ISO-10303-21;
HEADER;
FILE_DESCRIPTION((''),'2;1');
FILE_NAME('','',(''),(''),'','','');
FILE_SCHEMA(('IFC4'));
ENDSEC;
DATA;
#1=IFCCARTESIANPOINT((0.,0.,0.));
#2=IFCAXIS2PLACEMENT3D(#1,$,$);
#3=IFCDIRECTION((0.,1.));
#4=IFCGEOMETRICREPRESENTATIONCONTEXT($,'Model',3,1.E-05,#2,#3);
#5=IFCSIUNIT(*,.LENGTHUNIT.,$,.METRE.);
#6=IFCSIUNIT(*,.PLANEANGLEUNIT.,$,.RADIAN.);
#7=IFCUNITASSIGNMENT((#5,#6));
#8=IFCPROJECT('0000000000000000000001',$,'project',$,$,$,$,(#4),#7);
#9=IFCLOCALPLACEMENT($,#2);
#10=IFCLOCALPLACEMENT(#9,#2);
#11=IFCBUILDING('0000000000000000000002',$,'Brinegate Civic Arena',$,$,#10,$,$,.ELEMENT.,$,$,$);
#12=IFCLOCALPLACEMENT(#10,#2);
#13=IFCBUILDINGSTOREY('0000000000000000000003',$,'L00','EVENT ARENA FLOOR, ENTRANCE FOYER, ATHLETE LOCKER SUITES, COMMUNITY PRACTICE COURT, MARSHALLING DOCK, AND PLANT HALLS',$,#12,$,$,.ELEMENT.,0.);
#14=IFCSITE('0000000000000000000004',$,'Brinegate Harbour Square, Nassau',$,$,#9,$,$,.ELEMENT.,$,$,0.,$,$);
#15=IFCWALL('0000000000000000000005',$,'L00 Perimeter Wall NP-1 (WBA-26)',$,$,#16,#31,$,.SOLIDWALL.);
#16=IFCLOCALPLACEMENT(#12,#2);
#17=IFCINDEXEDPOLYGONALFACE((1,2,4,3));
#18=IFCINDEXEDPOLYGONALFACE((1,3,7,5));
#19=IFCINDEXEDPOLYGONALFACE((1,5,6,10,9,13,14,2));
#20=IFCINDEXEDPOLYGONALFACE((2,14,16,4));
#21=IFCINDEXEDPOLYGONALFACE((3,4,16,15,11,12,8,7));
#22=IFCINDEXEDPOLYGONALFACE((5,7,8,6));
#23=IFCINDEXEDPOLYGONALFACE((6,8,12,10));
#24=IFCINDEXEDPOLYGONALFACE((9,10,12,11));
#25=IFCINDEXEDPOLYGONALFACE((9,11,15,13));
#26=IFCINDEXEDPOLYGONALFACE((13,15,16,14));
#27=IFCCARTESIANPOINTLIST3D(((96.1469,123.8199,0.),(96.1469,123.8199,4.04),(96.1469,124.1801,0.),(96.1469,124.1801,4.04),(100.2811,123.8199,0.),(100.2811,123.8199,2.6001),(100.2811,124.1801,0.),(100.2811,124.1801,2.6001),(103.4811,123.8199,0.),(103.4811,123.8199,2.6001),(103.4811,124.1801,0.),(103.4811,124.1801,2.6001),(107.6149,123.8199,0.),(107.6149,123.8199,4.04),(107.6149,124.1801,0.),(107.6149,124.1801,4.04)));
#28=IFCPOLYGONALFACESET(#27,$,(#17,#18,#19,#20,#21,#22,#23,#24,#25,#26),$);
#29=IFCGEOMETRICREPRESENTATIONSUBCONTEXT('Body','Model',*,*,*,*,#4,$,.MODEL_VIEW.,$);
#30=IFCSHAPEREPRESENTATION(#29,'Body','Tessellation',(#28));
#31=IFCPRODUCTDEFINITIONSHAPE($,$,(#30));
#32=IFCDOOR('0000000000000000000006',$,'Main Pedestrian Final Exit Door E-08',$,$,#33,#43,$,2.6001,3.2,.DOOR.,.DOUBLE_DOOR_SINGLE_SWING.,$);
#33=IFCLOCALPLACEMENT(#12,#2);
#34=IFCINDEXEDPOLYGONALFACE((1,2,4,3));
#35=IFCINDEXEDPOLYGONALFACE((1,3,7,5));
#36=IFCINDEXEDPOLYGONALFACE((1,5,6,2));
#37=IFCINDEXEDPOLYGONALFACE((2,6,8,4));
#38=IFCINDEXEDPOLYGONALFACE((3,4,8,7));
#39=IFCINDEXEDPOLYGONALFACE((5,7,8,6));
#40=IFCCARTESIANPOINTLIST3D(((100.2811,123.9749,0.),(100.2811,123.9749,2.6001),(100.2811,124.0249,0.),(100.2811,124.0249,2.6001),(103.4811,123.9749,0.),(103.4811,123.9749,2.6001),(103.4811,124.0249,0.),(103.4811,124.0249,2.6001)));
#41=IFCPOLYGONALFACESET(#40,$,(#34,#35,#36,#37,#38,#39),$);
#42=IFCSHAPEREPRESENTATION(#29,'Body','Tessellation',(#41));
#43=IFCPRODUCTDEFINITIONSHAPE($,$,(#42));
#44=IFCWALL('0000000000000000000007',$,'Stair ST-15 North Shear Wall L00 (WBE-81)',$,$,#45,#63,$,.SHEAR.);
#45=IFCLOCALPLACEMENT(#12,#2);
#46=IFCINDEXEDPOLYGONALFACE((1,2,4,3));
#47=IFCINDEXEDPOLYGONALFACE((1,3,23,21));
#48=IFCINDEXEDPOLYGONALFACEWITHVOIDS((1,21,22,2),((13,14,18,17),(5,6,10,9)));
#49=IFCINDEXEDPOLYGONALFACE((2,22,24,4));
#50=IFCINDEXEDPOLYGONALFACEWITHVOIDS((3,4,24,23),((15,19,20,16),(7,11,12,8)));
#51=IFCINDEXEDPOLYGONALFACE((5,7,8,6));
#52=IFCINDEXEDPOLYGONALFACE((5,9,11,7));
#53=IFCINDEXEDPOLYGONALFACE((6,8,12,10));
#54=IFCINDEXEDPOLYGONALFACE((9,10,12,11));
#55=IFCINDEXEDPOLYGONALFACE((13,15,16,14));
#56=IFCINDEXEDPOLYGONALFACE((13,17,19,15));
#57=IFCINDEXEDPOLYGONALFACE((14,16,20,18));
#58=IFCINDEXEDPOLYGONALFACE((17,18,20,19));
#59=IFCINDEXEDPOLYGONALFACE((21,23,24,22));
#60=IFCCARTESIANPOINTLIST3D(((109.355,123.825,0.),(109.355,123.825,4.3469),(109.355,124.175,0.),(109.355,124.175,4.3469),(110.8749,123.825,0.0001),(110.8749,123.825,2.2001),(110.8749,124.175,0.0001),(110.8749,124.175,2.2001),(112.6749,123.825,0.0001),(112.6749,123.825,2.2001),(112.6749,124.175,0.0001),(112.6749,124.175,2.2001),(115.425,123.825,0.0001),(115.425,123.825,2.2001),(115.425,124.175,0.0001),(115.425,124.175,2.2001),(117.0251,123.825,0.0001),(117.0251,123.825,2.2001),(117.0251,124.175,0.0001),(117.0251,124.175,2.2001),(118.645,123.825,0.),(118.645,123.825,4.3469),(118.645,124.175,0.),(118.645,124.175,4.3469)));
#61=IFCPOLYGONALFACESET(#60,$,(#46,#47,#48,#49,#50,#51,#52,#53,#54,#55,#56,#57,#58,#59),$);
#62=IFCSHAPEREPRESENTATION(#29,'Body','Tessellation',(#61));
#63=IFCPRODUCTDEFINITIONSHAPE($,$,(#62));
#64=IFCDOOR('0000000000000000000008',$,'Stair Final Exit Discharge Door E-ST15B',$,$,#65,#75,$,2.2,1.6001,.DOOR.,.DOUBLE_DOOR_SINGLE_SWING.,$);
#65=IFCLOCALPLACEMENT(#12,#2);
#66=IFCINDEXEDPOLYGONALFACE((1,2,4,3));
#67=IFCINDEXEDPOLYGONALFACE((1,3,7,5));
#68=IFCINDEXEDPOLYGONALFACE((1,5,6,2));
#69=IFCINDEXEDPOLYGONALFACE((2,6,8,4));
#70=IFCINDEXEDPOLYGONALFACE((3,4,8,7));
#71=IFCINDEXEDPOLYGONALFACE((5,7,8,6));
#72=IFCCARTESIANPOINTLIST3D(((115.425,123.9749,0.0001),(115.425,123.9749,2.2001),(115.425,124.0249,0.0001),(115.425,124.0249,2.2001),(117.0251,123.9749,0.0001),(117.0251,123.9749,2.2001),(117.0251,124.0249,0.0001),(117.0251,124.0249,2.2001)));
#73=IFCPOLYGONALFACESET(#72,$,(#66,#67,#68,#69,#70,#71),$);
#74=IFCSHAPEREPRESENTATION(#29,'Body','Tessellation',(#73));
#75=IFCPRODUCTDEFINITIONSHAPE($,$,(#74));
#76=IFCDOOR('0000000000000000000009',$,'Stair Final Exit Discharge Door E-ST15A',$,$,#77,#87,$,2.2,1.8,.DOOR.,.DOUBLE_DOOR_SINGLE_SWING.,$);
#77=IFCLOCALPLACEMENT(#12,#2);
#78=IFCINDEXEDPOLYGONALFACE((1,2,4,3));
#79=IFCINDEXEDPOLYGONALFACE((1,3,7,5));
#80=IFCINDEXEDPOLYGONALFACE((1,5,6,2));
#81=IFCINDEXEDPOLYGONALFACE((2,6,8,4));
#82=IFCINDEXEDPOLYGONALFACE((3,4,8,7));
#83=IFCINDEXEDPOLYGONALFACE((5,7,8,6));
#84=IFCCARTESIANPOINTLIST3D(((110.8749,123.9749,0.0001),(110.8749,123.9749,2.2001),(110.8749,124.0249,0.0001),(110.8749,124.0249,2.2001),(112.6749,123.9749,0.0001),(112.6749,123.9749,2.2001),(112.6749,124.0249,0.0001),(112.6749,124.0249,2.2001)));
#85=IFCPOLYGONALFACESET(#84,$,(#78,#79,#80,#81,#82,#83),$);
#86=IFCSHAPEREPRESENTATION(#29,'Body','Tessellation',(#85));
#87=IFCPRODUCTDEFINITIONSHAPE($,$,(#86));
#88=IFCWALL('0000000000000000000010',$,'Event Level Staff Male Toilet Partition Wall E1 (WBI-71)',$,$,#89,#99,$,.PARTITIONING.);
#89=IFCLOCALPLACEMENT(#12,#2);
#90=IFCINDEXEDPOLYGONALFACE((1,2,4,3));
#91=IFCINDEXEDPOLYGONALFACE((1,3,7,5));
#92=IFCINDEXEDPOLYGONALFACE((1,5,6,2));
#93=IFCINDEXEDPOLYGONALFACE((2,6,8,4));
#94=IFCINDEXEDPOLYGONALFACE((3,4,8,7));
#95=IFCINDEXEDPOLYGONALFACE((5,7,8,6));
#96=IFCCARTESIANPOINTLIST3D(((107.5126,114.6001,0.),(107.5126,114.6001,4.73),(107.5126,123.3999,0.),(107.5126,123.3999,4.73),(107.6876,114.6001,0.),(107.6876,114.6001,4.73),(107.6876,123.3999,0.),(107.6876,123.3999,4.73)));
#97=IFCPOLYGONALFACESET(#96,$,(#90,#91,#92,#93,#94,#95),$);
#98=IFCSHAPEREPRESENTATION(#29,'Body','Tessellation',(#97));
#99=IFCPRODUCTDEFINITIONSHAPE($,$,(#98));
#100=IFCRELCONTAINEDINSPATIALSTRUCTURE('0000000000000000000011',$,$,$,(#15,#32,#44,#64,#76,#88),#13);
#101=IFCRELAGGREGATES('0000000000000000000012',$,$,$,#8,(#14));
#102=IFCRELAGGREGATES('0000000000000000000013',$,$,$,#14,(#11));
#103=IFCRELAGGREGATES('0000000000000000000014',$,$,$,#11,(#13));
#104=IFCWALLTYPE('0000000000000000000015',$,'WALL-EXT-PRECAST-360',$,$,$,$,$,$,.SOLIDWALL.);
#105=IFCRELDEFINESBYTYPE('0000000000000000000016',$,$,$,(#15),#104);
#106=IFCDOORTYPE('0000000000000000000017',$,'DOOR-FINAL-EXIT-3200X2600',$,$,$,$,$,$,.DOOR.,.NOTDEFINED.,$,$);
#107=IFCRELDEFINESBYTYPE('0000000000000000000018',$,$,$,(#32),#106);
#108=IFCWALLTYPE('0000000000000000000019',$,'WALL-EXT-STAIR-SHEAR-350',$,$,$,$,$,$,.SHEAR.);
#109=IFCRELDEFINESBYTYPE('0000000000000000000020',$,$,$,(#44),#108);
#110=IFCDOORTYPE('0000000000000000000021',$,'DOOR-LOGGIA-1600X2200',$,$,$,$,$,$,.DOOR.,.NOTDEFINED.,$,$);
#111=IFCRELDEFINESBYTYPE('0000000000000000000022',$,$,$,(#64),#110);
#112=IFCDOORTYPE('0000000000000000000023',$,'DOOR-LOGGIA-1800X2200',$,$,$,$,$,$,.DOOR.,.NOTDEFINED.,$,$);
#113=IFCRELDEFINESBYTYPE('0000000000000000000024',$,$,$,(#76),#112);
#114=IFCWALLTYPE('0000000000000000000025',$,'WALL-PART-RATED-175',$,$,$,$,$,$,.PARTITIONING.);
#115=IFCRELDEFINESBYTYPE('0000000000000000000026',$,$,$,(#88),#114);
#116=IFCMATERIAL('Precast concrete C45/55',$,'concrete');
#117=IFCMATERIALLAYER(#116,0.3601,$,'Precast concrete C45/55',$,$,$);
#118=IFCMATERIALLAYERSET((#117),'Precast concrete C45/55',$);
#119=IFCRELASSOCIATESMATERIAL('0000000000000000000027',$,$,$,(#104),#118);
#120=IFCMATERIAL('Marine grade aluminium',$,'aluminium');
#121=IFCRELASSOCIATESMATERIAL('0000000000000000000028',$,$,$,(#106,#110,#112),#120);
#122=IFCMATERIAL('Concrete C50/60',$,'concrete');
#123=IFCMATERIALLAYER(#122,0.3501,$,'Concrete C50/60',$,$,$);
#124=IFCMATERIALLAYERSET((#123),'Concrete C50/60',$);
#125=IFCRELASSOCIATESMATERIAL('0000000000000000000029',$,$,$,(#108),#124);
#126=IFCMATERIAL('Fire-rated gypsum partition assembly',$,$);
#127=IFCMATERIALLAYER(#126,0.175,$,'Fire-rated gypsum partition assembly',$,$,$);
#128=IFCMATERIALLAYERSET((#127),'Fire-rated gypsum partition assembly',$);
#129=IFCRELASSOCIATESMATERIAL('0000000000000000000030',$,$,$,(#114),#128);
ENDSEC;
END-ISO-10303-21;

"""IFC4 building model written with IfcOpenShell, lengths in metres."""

from ifc_helpers import new_model, si_unit, direction, frame, frame_2d, origin, place, context, subcontext, project, spatial, rectangle, extrude, material, layer, layer_set, type_object, element, fill, save


model = new_model("IFC4")

# Units and contexts
model_context = context("Model", 3, precision=1e-05, world=origin(), true_north=direction((0.0, 1.0)))
body_context = subcontext(model_context, "Body", "Model", "MODEL_VIEW")
ifc_project = project(units=[si_unit("LENGTHUNIT", "METRE"), si_unit("PLANEANGLEUNIT", "RADIAN")], contexts=[model_context])

# Site, building, storey
site_placement = place(None, origin())
site = spatial("IfcSite", under=ifc_project, at=site_placement, Name="Brinegate Harbour Square, Nassau", CompositionType="ELEMENT", RefElevation=0.0)
building_placement = place(site_placement, origin())
building = spatial("IfcBuilding", under=site, at=building_placement, Name="Brinegate Civic Arena", CompositionType="ELEMENT")
storey_placement = place(building_placement, origin())
storey = spatial("IfcBuildingStorey", under=building, at=storey_placement, Name="L00", Description="EVENT ARENA FLOOR, ENTRANCE FOYER, ATHLETE LOCKER SUITES, COMMUNITY PRACTICE COURT, MARSHALLING DOCK, AND PLANT HALLS", CompositionType="ELEMENT", Elevation=0.0)

# Shared definitions
ifc_material_1 = material(Name="Concrete C50/60", Category="concrete")

# Wall, opening, door
ifc_material_2 = material(Name="Precast concrete C45/55", Category="concrete")
ifc_layer_1 = layer(ifc_material_2, 0.3601, Name="Precast concrete C45/55")
ifc_layer_set_1 = layer_set([ifc_layer_1], Name="Precast concrete C45/55")
wall_type_1 = type_object("IfcWallType", Name="WALL-EXT-PRECAST-360", PredefinedType="SOLIDWALL", material=ifc_layer_set_1)
wall_1_placement = place(storey_placement, frame((96.147, 124.0, 0.0), z_axis=(0.0, 0.0, 1.0), x_axis=(1.0, 0.0, 0.0)))
wall_1 = element("IfcWall", 1, at=wall_1_placement, inside=storey, type_object=wall_type_1, Name="L00 Perimeter Wall NP-1 (WBA-26)", PredefinedType="SOLIDWALL", context=body_context, shape_type="SweptSolid", body=[
    extrude(rectangle(XDim=11.468, YDim=0.3601, at=frame_2d((5.7339, 0.0))), origin(), (0.0, 0.0, 1.0), 4.04),
])
opening_1_placement = place(wall_1_placement, frame((4.134, 0.0, 0.0)))
opening_1 = element("IfcOpeningElement", 2, at=opening_1_placement, cuts=wall_1, PredefinedType="OPENING", context=body_context, shape_type="SweptSolid", body=[
    extrude(rectangle(XDim=3.2, YDim=2.6001, at=frame_2d((1.6001, 1.3))), frame((0.0, 0.1899, 0.0), z_axis=(0.0, -1.0, 0.0), x_axis=(1.0, 0.0, 0.0)), (0.0, 0.0, 1.0), 0.3801),
])
ifc_material_3 = material(Name="Marine grade aluminium", Category="aluminium")
door_type_1 = type_object("IfcDoorType", Name="DOOR-FINAL-EXIT-3200X2600", OperationType="NOTDEFINED", PredefinedType="DOOR", material=ifc_material_3)
door_1_placement = place(opening_1_placement, origin())
door_1 = element("IfcDoor", 3, at=door_1_placement, inside=storey, type_object=door_type_1, Name="Main Pedestrian Final Exit Door E-08", OperationType="DOUBLE_DOOR_SINGLE_SWING", OverallHeight=2.6001, OverallWidth=3.2, PredefinedType="DOOR", context=body_context, shape_type="SweptSolid", body=[
    extrude(rectangle(XDim=3.2, YDim=2.6001, at=frame_2d((1.6001, 1.3))), frame((0.0, 0.0249, 0.0), z_axis=(0.0, -1.0, 0.0), x_axis=(1.0, 0.0, 0.0)), (0.0, 0.0, 1.0), 0.05),
])
fill(opening_1, door_1)

# Wall, openings, doors
ifc_layer_2 = layer(ifc_material_1, 0.3501, Name="Concrete C50/60")
ifc_layer_set_2 = layer_set([ifc_layer_2], Name="Concrete C50/60")
wall_type_2 = type_object("IfcWallType", Name="WALL-EXT-STAIR-SHEAR-350", PredefinedType="SHEAR", material=ifc_layer_set_2)
wall_2_placement = place(storey_placement, frame((109.355, 124.0, 0.0), z_axis=(0.0, 0.0, 1.0), x_axis=(1.0, 0.0, 0.0)))
wall_2 = element("IfcWall", 4, at=wall_2_placement, inside=storey, type_object=wall_type_2, Name="Stair ST-15 North Shear Wall L00 (WBE-81)", PredefinedType="SHEAR", context=body_context, shape_type="SweptSolid", body=[
    extrude(rectangle(XDim=9.29, YDim=0.3501, at=frame_2d((4.645, 0.0))), origin(), (0.0, 0.0, 1.0), 4.3469),
])
opening_2_placement = place(wall_2_placement, frame((1.52, 0.0, 0.0)))
opening_2 = element("IfcOpeningElement", 5, at=opening_2_placement, cuts=wall_2, PredefinedType="OPENING", context=body_context, shape_type="SweptSolid", body=[
    extrude(rectangle(XDim=1.8, YDim=2.2, at=frame_2d((0.8999, 1.1001))), frame((0.0, 0.1851, 0.0), z_axis=(0.0, -1.0, 0.0), x_axis=(1.0, 0.0, 0.0)), (0.0, 0.0, 1.0), 0.3701),
])
opening_3_placement = place(wall_2_placement, frame((6.0701, 0.0, 0.0)))
opening_3 = element("IfcOpeningElement", 6, at=opening_3_placement, cuts=wall_2, PredefinedType="OPENING", context=body_context, shape_type="SweptSolid", body=[
    extrude(rectangle(XDim=1.6001, YDim=2.2, at=frame_2d((0.8, 1.1001))), frame((0.0, 0.1851, 0.0), z_axis=(0.0, -1.0, 0.0), x_axis=(1.0, 0.0, 0.0)), (0.0, 0.0, 1.0), 0.3701),
])
door_type_2 = type_object("IfcDoorType", Name="DOOR-LOGGIA-1600X2200", OperationType="NOTDEFINED", PredefinedType="DOOR", material=ifc_material_3)
door_2_placement = place(opening_3_placement, origin())
door_2 = element("IfcDoor", 7, at=door_2_placement, inside=storey, type_object=door_type_2, Name="Stair Final Exit Discharge Door E-ST15B", OperationType="DOUBLE_DOOR_SINGLE_SWING", OverallHeight=2.2, OverallWidth=1.6001, PredefinedType="DOOR", context=body_context, shape_type="SweptSolid", body=[
    extrude(rectangle(XDim=1.6001, YDim=2.2, at=frame_2d((0.8, 1.1001))), frame((0.0, 0.0249, 0.0), z_axis=(0.0, -1.0, 0.0), x_axis=(1.0, 0.0, 0.0)), (0.0, 0.0, 1.0), 0.05),
])
fill(opening_3, door_2)
door_type_3 = type_object("IfcDoorType", Name="DOOR-LOGGIA-1800X2200", OperationType="NOTDEFINED", PredefinedType="DOOR", material=ifc_material_3)
door_3_placement = place(opening_2_placement, origin())
door_3 = element("IfcDoor", 8, at=door_3_placement, inside=storey, type_object=door_type_3, Name="Stair Final Exit Discharge Door E-ST15A", OperationType="DOUBLE_DOOR_SINGLE_SWING", OverallHeight=2.2, OverallWidth=1.8, PredefinedType="DOOR", context=body_context, shape_type="SweptSolid", body=[
    extrude(rectangle(XDim=1.8, YDim=2.2, at=frame_2d((0.8999, 1.1001))), frame((0.0, 0.0249, 0.0), z_axis=(0.0, -1.0, 0.0), x_axis=(1.0, 0.0, 0.0)), (0.0, 0.0, 1.0), 0.05),
])
fill(opening_2, door_3)

# Wall
ifc_material_4 = material(Name="Fire-rated gypsum partition assembly")
ifc_layer_3 = layer(ifc_material_4, 0.175, Name="Fire-rated gypsum partition assembly")
ifc_layer_set_3 = layer_set([ifc_layer_3], Name="Fire-rated gypsum partition assembly")
wall_type_3 = type_object("IfcWallType", Name="WALL-PART-RATED-175", PredefinedType="PARTITIONING", material=ifc_layer_set_3)
wall_3_placement = place(storey_placement, frame((107.6001, 123.3999, 0.0), z_axis=(0.0, 0.0, 1.0), x_axis=(0.0, -1.0, 0.0)))
element("IfcWall", 9, at=wall_3_placement, inside=storey, type_object=wall_type_3, Name="Event Level Staff Male Toilet Partition Wall E1 (WBI-71)", PredefinedType="PARTITIONING", context=body_context, shape_type="SweptSolid", body=[
    extrude(rectangle(XDim=8.7998, YDim=0.175, at=frame_2d((4.3999, 0.0))), origin(), (0.0, 0.0, 1.0), 4.73),
])

save(model, "model.ifc")
